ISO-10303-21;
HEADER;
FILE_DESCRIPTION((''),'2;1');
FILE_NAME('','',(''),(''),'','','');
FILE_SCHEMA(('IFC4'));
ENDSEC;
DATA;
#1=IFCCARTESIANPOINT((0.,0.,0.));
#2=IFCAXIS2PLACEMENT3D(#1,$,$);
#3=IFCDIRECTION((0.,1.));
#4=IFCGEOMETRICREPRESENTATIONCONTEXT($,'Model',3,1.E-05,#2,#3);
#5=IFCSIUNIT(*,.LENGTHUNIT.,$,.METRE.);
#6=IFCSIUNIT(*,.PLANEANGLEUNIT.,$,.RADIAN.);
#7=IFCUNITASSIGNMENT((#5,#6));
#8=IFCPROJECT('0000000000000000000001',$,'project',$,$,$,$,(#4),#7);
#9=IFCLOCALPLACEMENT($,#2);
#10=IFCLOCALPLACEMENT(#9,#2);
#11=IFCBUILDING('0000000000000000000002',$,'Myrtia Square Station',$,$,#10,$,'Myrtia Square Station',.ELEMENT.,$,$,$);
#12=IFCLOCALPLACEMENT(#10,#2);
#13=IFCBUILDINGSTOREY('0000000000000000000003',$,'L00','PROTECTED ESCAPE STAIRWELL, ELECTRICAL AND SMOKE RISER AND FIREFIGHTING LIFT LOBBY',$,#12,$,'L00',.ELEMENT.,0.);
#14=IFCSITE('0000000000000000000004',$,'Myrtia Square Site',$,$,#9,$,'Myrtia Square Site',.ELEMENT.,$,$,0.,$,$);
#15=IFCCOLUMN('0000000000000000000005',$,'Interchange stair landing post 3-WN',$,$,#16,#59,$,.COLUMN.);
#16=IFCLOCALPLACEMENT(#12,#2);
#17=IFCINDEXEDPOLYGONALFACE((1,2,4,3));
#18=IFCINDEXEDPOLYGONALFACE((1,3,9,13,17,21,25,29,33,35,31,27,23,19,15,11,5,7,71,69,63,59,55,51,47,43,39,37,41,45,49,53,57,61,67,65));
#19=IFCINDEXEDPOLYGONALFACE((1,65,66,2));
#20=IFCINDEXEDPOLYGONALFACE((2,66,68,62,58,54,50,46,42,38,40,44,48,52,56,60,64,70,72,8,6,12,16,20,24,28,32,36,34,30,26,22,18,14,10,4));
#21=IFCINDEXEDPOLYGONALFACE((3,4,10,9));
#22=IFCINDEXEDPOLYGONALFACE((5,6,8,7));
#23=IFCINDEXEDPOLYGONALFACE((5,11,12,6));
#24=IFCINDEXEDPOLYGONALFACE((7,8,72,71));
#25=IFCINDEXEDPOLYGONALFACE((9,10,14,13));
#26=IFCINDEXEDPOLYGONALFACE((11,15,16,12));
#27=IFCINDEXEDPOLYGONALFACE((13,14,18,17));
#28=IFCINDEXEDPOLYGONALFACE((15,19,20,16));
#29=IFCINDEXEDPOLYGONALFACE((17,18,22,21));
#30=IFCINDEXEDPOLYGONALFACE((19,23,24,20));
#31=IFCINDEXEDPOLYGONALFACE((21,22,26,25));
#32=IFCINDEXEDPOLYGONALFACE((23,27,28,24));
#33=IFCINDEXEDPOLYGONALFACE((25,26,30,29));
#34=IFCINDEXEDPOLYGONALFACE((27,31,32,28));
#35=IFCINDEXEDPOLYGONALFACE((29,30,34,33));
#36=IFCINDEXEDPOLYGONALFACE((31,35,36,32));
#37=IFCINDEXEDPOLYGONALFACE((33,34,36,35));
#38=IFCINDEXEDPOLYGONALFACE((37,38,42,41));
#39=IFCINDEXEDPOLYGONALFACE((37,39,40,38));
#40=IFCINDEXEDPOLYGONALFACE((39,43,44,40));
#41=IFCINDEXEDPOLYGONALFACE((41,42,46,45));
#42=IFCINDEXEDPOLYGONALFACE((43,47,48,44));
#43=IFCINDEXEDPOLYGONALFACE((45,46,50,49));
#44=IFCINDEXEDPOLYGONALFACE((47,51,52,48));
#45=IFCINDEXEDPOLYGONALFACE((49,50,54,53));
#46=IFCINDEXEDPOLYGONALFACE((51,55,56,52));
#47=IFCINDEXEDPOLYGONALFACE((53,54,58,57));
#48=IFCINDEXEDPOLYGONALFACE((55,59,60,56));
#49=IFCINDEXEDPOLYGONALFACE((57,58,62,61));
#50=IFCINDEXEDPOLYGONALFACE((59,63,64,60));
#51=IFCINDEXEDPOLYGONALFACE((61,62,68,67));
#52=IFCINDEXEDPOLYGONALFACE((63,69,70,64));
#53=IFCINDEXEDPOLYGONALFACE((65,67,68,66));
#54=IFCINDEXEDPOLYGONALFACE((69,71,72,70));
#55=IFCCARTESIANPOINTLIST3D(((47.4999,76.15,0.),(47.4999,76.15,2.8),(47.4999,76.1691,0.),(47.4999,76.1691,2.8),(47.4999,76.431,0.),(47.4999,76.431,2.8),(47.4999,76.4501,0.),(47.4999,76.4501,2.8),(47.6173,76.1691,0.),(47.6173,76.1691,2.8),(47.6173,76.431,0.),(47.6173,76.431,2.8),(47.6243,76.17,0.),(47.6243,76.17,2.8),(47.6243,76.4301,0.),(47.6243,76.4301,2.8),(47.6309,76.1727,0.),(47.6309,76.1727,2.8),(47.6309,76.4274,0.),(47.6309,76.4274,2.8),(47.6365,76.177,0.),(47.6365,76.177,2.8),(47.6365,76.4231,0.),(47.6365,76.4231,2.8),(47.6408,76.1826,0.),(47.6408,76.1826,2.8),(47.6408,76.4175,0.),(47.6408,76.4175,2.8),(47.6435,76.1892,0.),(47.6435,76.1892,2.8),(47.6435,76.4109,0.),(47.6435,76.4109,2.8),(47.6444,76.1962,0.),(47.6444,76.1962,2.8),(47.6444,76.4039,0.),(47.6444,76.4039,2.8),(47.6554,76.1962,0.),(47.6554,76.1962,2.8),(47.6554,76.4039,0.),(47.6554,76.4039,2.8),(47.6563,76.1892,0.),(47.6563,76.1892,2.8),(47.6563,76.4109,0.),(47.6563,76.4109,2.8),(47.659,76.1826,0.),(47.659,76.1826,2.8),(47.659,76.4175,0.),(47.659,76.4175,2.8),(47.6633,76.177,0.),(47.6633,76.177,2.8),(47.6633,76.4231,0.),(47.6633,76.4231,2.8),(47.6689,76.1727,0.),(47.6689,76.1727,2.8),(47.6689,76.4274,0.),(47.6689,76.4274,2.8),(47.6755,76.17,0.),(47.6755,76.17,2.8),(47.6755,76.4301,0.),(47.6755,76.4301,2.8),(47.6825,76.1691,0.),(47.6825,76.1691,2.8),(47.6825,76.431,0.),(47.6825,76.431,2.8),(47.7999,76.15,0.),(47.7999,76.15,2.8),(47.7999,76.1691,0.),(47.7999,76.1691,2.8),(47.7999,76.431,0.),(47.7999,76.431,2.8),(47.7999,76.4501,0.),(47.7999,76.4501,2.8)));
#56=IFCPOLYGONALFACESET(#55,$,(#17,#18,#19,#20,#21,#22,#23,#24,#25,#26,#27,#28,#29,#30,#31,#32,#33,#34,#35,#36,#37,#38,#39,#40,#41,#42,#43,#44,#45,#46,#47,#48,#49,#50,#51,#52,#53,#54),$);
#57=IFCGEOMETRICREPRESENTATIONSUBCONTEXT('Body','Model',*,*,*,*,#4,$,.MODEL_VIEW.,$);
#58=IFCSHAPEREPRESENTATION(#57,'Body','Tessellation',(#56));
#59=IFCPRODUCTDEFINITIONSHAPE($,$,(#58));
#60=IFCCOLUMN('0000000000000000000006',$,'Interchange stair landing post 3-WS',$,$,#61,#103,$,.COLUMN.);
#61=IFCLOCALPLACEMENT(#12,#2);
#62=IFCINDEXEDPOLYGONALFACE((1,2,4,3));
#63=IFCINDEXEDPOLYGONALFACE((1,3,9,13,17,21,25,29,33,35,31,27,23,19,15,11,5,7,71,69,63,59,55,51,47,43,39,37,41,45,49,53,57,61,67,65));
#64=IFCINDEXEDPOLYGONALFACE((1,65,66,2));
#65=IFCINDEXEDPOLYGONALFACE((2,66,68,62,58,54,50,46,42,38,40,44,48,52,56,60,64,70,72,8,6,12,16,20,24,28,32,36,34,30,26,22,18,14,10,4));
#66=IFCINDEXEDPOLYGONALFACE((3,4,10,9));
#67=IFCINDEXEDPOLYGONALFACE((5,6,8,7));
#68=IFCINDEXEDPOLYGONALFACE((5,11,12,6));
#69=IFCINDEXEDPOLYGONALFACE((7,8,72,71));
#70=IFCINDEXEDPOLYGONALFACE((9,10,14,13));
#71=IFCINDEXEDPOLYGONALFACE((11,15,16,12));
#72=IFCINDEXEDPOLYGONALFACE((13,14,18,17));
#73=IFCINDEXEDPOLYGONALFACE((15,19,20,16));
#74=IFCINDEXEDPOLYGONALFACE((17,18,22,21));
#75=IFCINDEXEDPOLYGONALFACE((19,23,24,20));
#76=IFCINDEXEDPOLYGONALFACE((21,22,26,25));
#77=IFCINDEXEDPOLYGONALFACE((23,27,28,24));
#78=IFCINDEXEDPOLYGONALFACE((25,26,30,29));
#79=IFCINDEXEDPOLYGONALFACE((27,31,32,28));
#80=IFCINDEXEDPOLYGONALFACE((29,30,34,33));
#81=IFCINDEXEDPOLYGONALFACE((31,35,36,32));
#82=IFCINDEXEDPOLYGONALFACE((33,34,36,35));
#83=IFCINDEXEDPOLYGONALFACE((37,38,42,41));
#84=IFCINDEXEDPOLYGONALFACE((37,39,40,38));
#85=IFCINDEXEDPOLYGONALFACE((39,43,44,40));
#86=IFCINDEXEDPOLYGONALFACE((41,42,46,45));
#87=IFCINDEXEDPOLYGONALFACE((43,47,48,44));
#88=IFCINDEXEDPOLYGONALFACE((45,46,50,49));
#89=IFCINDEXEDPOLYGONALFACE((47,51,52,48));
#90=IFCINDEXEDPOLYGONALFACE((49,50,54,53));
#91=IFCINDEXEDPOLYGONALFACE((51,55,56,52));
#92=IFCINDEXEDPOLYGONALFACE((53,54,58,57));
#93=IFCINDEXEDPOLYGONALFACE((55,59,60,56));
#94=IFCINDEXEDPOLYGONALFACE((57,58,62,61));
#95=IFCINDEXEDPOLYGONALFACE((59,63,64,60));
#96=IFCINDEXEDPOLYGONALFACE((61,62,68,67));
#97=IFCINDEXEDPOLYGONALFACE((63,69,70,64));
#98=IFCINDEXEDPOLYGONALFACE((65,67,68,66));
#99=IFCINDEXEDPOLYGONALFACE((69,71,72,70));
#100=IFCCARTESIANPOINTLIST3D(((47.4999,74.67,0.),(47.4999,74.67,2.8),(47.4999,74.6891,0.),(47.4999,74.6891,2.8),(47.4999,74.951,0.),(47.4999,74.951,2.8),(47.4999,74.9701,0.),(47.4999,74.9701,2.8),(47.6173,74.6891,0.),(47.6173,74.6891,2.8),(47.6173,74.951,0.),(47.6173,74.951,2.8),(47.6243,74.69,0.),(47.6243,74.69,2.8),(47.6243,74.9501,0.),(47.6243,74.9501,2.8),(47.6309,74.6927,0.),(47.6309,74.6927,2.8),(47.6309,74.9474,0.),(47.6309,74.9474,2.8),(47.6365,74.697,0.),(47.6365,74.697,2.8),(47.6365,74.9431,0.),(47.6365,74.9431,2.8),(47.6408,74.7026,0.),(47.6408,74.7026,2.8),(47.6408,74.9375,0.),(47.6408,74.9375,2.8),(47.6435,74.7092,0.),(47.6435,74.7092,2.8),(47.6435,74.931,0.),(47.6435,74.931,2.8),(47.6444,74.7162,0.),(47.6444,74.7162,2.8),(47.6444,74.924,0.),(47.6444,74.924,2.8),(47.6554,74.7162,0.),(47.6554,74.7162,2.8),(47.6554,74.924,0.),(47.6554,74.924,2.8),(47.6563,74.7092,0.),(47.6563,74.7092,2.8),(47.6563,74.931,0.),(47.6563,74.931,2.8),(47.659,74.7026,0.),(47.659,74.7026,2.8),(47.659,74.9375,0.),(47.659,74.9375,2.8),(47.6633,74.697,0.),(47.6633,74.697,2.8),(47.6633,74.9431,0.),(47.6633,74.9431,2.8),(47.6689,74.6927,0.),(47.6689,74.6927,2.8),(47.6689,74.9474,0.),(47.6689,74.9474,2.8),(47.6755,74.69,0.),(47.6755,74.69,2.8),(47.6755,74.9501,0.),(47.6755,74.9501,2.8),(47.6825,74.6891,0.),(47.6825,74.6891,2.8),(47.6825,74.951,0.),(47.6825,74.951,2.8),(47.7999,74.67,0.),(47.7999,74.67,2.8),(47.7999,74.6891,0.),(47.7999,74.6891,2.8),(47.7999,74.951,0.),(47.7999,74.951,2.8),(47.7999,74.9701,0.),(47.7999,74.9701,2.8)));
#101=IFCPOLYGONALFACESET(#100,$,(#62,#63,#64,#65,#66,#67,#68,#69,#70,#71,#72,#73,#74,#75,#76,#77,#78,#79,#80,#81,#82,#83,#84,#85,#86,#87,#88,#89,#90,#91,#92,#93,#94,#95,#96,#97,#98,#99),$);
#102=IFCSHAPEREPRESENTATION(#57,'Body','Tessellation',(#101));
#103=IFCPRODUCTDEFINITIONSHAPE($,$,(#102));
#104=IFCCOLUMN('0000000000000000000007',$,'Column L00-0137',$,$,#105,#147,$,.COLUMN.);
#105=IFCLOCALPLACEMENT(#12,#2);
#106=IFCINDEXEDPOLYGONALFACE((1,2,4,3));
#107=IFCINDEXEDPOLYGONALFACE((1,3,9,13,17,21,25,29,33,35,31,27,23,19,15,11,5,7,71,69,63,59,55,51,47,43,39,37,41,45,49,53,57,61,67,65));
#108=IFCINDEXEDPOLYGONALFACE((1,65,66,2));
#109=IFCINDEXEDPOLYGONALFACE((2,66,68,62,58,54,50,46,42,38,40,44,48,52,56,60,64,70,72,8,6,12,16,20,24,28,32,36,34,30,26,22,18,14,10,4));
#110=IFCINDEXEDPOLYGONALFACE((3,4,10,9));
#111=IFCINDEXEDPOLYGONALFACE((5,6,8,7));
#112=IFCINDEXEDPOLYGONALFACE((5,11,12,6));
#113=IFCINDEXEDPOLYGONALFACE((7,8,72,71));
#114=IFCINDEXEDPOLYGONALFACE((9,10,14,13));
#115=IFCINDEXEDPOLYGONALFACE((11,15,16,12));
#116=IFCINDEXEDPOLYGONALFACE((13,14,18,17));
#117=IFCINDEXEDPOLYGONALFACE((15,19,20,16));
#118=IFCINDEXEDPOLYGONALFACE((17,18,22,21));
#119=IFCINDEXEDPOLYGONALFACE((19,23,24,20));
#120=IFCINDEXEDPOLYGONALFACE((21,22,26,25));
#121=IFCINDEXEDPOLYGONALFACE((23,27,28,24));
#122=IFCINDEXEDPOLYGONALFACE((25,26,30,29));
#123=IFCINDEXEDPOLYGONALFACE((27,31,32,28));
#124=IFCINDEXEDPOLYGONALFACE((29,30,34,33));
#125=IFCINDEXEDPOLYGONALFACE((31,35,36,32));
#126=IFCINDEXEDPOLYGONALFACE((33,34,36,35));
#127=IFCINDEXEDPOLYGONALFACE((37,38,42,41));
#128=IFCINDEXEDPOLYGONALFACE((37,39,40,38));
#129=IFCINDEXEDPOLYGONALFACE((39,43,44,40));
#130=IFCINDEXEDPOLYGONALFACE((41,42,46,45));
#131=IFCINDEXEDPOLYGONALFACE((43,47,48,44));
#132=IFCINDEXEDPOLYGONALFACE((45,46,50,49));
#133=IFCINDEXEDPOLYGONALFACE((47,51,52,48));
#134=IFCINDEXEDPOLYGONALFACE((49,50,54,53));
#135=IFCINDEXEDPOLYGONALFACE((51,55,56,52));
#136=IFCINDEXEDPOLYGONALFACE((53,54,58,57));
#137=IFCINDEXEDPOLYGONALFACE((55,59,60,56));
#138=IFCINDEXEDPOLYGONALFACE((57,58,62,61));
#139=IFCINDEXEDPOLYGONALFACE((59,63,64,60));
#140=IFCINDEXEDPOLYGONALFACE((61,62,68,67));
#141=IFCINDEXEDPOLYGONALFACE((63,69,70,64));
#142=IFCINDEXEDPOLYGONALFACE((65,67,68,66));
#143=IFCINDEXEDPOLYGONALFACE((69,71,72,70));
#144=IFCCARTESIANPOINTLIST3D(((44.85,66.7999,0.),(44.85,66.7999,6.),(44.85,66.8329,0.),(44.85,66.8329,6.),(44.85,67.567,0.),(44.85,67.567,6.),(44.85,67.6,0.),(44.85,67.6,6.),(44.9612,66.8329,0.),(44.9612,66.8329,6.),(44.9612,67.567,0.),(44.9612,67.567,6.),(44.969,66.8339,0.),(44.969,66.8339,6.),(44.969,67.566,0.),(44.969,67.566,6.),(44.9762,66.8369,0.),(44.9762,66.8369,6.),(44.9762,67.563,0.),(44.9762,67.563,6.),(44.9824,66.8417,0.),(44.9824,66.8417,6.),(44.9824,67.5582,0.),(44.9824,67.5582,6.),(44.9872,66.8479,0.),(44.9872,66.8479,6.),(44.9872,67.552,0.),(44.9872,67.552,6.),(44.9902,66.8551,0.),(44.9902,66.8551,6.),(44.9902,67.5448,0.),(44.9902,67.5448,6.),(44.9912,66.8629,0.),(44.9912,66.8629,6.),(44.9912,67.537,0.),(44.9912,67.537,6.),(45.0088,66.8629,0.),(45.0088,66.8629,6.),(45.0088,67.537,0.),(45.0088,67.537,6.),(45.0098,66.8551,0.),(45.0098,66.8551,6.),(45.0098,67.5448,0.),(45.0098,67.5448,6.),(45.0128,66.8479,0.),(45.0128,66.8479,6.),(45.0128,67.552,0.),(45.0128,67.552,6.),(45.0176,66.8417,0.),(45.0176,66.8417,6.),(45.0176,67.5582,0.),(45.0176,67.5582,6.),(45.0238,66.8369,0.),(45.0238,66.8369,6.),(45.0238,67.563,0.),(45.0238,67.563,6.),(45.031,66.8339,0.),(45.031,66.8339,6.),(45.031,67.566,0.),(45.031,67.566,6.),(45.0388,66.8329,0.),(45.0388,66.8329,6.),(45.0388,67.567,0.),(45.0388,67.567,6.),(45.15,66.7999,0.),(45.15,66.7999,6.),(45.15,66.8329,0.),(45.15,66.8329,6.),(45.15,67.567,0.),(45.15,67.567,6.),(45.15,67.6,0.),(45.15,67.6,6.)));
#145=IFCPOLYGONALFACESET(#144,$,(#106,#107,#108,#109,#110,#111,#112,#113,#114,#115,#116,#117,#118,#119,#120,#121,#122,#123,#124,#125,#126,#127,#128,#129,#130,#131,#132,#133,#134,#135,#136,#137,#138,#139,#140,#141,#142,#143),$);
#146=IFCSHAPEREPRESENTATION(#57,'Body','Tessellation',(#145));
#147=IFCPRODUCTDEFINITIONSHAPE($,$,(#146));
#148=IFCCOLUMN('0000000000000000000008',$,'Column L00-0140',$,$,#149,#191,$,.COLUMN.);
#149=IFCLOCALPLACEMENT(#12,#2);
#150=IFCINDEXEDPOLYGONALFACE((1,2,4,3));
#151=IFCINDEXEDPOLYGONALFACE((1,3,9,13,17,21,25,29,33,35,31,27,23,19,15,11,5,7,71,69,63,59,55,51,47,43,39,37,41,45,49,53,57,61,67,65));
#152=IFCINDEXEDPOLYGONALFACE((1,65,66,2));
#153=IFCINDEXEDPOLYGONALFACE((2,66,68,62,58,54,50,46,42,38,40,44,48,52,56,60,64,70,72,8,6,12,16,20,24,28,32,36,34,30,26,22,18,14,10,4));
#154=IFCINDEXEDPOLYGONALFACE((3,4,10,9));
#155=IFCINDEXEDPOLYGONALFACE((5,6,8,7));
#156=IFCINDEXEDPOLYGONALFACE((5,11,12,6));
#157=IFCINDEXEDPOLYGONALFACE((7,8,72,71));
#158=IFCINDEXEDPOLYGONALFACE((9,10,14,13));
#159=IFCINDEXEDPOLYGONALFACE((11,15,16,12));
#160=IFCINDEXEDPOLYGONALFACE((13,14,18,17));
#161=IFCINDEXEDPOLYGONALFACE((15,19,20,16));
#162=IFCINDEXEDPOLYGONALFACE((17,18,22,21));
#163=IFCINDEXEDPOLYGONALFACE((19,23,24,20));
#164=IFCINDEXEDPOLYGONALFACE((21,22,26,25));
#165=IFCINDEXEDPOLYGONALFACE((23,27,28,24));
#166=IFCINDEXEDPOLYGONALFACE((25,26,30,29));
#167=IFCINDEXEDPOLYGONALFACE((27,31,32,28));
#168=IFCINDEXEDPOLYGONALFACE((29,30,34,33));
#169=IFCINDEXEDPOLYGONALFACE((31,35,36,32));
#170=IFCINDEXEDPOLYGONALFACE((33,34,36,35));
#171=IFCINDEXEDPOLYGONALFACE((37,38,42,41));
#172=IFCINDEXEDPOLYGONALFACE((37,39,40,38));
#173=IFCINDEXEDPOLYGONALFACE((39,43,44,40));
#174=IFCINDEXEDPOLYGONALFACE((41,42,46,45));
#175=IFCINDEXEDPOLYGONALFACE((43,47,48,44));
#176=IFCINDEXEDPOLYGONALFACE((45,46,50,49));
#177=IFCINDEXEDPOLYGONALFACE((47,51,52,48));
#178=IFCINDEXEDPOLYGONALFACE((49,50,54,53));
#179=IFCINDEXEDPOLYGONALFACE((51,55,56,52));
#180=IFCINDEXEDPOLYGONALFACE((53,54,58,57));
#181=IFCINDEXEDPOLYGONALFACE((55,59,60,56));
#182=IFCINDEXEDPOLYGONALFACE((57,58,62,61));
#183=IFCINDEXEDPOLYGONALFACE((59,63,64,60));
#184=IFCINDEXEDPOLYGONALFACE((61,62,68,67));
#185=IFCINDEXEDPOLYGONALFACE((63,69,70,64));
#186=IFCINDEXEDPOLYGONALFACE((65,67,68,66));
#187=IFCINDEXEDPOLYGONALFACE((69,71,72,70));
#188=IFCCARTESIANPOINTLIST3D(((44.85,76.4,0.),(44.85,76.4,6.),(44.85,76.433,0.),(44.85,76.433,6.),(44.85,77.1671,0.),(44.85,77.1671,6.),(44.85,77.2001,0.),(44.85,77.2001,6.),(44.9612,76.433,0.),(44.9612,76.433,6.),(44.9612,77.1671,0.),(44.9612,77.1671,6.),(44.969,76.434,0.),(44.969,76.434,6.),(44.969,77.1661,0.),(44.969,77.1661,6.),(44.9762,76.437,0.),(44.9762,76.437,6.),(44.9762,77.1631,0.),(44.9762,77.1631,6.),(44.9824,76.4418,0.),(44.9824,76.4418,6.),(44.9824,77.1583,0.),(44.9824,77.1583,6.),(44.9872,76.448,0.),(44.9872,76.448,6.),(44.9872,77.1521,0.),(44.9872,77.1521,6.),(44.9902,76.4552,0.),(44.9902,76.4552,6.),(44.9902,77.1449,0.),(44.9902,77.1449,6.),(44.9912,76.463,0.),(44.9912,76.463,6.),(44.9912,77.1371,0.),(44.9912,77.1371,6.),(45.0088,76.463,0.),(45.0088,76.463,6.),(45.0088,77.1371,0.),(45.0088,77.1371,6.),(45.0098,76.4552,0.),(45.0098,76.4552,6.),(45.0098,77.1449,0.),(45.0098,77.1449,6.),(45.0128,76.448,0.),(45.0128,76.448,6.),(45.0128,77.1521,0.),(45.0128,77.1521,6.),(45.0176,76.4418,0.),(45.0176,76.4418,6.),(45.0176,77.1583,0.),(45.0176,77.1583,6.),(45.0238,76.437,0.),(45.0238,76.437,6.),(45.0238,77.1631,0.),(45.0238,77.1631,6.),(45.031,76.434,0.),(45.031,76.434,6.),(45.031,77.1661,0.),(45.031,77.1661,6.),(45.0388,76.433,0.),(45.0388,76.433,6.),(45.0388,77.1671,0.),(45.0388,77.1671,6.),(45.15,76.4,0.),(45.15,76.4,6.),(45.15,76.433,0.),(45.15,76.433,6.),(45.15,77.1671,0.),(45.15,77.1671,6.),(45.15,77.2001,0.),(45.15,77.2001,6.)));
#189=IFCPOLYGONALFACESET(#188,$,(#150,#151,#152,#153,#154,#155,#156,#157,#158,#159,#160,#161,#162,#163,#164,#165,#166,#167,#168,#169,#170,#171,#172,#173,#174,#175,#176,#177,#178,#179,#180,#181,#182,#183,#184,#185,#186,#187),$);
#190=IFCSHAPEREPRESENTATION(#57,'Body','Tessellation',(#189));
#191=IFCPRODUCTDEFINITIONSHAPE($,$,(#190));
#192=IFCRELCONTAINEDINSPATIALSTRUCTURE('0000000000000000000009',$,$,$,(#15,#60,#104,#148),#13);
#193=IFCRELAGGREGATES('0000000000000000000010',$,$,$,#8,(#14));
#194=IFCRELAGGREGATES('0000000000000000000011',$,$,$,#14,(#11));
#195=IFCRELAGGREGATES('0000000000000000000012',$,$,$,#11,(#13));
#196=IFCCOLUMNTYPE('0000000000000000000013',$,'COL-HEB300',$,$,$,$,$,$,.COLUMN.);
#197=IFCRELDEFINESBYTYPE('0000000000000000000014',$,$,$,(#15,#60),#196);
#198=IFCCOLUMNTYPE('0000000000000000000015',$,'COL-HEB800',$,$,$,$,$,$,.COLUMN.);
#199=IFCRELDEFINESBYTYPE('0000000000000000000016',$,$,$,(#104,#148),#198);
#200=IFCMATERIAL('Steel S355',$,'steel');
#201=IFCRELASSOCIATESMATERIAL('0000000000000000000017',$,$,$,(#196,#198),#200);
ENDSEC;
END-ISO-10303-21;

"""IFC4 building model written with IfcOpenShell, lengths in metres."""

from ifc_helpers import new_model, si_unit, direction, frame, origin, origin_2d, place, context, subcontext, project, spatial, i_section, extrude, material, material_profile, profile_set, type_object, element, save


model = new_model("IFC4")

# Units and contexts
model_context = context("Model", 3, precision=1e-05, world=origin(), true_north=direction((0.0, 1.0)))
body_context = subcontext(model_context, "Body", "Model", "MODEL_VIEW")
ifc_project = project(units=[si_unit("LENGTHUNIT", "METRE"), si_unit("PLANEANGLEUNIT", "RADIAN")], contexts=[model_context])

# Site, building, storey
site_placement = place(None, origin())
site = spatial("IfcSite", under=ifc_project, at=site_placement, Name="Myrtia Square Site", LongName="Myrtia Square Site", CompositionType="ELEMENT", RefElevation=0.0)
building_placement = place(site_placement, origin())
building = spatial("IfcBuilding", under=site, at=building_placement, Name="Myrtia Square Station", LongName="Myrtia Square Station", CompositionType="ELEMENT")
storey_placement = place(building_placement, origin())
storey = spatial("IfcBuildingStorey", under=building, at=storey_placement, Name="L00", Description="PROTECTED ESCAPE STAIRWELL, ELECTRICAL AND SMOKE RISER AND FIREFIGHTING LIFT LOBBY", LongName="L00", CompositionType="ELEMENT", Elevation=0.0)

# Columns
ifc_material_1 = material(Name="Steel S355", Category="steel")
ifc_material_profile_1 = material_profile(ifc_material_1, i_section(OverallWidth=0.3, OverallDepth=0.3, WebThickness=0.011, FlangeThickness=0.019, FilletRadius=0.0271, at=origin_2d()), Name="HEB 300")
ifc_profile_set_1 = profile_set([ifc_material_profile_1], Name="Steel S355")
column_type_1 = type_object("IfcColumnType", Name="COL-HEB300", PredefinedType="COLUMN", material=ifc_profile_set_1)
for number, where, z_axis, x_axis, name in (
    (1, (47.6499, 76.3, 0.0), (0.0, 0.0, 1.0), (1.0, 0.0, 0.0), "Interchange stair landing post 3-WN"),
    (2, (47.6499, 74.8201, 0.0), (0.0, 0.0, 1.0), (1.0, 0.0, 0.0), "Interchange stair landing post 3-WS"),
):
    element("IfcColumn", number, at=place(storey_placement, frame(where, z_axis=z_axis, x_axis=x_axis)), inside=storey, type_object=column_type_1, Name=name, PredefinedType="COLUMN", context=body_context, shape_type="SweptSolid", body=[
        extrude(i_section(OverallWidth=0.3, OverallDepth=0.3, WebThickness=0.011, FlangeThickness=0.019, FilletRadius=0.0271, at=origin_2d()), origin(), (0.0, 0.0, 1.0), 2.8),
    ])
ifc_material_profile_2 = material_profile(ifc_material_1, i_section(OverallWidth=0.3, OverallDepth=0.8, WebThickness=0.0176, FlangeThickness=0.033, FilletRadius=0.03, at=origin_2d()), Name="HEB 800")
ifc_profile_set_2 = profile_set([ifc_material_profile_2], Name="Steel S355")
column_type_2 = type_object("IfcColumnType", Name="COL-HEB800", PredefinedType="COLUMN", material=ifc_profile_set_2)
for number, where, z_axis, x_axis, name in (
    (3, (45.0, 67.2, 0.0), (0.0, 0.0, 1.0), (1.0, 0.0, 0.0), "Column L00-0137"),
    (4, (45.0, 76.8, 0.0), (0.0, 0.0, 1.0), (1.0, 0.0, 0.0), "Column L00-0140"),
):
    element("IfcColumn", number, at=place(storey_placement, frame(where, z_axis=z_axis, x_axis=x_axis)), inside=storey, type_object=column_type_2, Name=name, PredefinedType="COLUMN", context=body_context, shape_type="SweptSolid", body=[
        extrude(i_section(OverallWidth=0.3, OverallDepth=0.8, WebThickness=0.0176, FlangeThickness=0.033, FilletRadius=0.03, at=origin_2d()), origin(), (0.0, 0.0, 1.0), 6.0),
    ])

save(model, "model.ifc")
